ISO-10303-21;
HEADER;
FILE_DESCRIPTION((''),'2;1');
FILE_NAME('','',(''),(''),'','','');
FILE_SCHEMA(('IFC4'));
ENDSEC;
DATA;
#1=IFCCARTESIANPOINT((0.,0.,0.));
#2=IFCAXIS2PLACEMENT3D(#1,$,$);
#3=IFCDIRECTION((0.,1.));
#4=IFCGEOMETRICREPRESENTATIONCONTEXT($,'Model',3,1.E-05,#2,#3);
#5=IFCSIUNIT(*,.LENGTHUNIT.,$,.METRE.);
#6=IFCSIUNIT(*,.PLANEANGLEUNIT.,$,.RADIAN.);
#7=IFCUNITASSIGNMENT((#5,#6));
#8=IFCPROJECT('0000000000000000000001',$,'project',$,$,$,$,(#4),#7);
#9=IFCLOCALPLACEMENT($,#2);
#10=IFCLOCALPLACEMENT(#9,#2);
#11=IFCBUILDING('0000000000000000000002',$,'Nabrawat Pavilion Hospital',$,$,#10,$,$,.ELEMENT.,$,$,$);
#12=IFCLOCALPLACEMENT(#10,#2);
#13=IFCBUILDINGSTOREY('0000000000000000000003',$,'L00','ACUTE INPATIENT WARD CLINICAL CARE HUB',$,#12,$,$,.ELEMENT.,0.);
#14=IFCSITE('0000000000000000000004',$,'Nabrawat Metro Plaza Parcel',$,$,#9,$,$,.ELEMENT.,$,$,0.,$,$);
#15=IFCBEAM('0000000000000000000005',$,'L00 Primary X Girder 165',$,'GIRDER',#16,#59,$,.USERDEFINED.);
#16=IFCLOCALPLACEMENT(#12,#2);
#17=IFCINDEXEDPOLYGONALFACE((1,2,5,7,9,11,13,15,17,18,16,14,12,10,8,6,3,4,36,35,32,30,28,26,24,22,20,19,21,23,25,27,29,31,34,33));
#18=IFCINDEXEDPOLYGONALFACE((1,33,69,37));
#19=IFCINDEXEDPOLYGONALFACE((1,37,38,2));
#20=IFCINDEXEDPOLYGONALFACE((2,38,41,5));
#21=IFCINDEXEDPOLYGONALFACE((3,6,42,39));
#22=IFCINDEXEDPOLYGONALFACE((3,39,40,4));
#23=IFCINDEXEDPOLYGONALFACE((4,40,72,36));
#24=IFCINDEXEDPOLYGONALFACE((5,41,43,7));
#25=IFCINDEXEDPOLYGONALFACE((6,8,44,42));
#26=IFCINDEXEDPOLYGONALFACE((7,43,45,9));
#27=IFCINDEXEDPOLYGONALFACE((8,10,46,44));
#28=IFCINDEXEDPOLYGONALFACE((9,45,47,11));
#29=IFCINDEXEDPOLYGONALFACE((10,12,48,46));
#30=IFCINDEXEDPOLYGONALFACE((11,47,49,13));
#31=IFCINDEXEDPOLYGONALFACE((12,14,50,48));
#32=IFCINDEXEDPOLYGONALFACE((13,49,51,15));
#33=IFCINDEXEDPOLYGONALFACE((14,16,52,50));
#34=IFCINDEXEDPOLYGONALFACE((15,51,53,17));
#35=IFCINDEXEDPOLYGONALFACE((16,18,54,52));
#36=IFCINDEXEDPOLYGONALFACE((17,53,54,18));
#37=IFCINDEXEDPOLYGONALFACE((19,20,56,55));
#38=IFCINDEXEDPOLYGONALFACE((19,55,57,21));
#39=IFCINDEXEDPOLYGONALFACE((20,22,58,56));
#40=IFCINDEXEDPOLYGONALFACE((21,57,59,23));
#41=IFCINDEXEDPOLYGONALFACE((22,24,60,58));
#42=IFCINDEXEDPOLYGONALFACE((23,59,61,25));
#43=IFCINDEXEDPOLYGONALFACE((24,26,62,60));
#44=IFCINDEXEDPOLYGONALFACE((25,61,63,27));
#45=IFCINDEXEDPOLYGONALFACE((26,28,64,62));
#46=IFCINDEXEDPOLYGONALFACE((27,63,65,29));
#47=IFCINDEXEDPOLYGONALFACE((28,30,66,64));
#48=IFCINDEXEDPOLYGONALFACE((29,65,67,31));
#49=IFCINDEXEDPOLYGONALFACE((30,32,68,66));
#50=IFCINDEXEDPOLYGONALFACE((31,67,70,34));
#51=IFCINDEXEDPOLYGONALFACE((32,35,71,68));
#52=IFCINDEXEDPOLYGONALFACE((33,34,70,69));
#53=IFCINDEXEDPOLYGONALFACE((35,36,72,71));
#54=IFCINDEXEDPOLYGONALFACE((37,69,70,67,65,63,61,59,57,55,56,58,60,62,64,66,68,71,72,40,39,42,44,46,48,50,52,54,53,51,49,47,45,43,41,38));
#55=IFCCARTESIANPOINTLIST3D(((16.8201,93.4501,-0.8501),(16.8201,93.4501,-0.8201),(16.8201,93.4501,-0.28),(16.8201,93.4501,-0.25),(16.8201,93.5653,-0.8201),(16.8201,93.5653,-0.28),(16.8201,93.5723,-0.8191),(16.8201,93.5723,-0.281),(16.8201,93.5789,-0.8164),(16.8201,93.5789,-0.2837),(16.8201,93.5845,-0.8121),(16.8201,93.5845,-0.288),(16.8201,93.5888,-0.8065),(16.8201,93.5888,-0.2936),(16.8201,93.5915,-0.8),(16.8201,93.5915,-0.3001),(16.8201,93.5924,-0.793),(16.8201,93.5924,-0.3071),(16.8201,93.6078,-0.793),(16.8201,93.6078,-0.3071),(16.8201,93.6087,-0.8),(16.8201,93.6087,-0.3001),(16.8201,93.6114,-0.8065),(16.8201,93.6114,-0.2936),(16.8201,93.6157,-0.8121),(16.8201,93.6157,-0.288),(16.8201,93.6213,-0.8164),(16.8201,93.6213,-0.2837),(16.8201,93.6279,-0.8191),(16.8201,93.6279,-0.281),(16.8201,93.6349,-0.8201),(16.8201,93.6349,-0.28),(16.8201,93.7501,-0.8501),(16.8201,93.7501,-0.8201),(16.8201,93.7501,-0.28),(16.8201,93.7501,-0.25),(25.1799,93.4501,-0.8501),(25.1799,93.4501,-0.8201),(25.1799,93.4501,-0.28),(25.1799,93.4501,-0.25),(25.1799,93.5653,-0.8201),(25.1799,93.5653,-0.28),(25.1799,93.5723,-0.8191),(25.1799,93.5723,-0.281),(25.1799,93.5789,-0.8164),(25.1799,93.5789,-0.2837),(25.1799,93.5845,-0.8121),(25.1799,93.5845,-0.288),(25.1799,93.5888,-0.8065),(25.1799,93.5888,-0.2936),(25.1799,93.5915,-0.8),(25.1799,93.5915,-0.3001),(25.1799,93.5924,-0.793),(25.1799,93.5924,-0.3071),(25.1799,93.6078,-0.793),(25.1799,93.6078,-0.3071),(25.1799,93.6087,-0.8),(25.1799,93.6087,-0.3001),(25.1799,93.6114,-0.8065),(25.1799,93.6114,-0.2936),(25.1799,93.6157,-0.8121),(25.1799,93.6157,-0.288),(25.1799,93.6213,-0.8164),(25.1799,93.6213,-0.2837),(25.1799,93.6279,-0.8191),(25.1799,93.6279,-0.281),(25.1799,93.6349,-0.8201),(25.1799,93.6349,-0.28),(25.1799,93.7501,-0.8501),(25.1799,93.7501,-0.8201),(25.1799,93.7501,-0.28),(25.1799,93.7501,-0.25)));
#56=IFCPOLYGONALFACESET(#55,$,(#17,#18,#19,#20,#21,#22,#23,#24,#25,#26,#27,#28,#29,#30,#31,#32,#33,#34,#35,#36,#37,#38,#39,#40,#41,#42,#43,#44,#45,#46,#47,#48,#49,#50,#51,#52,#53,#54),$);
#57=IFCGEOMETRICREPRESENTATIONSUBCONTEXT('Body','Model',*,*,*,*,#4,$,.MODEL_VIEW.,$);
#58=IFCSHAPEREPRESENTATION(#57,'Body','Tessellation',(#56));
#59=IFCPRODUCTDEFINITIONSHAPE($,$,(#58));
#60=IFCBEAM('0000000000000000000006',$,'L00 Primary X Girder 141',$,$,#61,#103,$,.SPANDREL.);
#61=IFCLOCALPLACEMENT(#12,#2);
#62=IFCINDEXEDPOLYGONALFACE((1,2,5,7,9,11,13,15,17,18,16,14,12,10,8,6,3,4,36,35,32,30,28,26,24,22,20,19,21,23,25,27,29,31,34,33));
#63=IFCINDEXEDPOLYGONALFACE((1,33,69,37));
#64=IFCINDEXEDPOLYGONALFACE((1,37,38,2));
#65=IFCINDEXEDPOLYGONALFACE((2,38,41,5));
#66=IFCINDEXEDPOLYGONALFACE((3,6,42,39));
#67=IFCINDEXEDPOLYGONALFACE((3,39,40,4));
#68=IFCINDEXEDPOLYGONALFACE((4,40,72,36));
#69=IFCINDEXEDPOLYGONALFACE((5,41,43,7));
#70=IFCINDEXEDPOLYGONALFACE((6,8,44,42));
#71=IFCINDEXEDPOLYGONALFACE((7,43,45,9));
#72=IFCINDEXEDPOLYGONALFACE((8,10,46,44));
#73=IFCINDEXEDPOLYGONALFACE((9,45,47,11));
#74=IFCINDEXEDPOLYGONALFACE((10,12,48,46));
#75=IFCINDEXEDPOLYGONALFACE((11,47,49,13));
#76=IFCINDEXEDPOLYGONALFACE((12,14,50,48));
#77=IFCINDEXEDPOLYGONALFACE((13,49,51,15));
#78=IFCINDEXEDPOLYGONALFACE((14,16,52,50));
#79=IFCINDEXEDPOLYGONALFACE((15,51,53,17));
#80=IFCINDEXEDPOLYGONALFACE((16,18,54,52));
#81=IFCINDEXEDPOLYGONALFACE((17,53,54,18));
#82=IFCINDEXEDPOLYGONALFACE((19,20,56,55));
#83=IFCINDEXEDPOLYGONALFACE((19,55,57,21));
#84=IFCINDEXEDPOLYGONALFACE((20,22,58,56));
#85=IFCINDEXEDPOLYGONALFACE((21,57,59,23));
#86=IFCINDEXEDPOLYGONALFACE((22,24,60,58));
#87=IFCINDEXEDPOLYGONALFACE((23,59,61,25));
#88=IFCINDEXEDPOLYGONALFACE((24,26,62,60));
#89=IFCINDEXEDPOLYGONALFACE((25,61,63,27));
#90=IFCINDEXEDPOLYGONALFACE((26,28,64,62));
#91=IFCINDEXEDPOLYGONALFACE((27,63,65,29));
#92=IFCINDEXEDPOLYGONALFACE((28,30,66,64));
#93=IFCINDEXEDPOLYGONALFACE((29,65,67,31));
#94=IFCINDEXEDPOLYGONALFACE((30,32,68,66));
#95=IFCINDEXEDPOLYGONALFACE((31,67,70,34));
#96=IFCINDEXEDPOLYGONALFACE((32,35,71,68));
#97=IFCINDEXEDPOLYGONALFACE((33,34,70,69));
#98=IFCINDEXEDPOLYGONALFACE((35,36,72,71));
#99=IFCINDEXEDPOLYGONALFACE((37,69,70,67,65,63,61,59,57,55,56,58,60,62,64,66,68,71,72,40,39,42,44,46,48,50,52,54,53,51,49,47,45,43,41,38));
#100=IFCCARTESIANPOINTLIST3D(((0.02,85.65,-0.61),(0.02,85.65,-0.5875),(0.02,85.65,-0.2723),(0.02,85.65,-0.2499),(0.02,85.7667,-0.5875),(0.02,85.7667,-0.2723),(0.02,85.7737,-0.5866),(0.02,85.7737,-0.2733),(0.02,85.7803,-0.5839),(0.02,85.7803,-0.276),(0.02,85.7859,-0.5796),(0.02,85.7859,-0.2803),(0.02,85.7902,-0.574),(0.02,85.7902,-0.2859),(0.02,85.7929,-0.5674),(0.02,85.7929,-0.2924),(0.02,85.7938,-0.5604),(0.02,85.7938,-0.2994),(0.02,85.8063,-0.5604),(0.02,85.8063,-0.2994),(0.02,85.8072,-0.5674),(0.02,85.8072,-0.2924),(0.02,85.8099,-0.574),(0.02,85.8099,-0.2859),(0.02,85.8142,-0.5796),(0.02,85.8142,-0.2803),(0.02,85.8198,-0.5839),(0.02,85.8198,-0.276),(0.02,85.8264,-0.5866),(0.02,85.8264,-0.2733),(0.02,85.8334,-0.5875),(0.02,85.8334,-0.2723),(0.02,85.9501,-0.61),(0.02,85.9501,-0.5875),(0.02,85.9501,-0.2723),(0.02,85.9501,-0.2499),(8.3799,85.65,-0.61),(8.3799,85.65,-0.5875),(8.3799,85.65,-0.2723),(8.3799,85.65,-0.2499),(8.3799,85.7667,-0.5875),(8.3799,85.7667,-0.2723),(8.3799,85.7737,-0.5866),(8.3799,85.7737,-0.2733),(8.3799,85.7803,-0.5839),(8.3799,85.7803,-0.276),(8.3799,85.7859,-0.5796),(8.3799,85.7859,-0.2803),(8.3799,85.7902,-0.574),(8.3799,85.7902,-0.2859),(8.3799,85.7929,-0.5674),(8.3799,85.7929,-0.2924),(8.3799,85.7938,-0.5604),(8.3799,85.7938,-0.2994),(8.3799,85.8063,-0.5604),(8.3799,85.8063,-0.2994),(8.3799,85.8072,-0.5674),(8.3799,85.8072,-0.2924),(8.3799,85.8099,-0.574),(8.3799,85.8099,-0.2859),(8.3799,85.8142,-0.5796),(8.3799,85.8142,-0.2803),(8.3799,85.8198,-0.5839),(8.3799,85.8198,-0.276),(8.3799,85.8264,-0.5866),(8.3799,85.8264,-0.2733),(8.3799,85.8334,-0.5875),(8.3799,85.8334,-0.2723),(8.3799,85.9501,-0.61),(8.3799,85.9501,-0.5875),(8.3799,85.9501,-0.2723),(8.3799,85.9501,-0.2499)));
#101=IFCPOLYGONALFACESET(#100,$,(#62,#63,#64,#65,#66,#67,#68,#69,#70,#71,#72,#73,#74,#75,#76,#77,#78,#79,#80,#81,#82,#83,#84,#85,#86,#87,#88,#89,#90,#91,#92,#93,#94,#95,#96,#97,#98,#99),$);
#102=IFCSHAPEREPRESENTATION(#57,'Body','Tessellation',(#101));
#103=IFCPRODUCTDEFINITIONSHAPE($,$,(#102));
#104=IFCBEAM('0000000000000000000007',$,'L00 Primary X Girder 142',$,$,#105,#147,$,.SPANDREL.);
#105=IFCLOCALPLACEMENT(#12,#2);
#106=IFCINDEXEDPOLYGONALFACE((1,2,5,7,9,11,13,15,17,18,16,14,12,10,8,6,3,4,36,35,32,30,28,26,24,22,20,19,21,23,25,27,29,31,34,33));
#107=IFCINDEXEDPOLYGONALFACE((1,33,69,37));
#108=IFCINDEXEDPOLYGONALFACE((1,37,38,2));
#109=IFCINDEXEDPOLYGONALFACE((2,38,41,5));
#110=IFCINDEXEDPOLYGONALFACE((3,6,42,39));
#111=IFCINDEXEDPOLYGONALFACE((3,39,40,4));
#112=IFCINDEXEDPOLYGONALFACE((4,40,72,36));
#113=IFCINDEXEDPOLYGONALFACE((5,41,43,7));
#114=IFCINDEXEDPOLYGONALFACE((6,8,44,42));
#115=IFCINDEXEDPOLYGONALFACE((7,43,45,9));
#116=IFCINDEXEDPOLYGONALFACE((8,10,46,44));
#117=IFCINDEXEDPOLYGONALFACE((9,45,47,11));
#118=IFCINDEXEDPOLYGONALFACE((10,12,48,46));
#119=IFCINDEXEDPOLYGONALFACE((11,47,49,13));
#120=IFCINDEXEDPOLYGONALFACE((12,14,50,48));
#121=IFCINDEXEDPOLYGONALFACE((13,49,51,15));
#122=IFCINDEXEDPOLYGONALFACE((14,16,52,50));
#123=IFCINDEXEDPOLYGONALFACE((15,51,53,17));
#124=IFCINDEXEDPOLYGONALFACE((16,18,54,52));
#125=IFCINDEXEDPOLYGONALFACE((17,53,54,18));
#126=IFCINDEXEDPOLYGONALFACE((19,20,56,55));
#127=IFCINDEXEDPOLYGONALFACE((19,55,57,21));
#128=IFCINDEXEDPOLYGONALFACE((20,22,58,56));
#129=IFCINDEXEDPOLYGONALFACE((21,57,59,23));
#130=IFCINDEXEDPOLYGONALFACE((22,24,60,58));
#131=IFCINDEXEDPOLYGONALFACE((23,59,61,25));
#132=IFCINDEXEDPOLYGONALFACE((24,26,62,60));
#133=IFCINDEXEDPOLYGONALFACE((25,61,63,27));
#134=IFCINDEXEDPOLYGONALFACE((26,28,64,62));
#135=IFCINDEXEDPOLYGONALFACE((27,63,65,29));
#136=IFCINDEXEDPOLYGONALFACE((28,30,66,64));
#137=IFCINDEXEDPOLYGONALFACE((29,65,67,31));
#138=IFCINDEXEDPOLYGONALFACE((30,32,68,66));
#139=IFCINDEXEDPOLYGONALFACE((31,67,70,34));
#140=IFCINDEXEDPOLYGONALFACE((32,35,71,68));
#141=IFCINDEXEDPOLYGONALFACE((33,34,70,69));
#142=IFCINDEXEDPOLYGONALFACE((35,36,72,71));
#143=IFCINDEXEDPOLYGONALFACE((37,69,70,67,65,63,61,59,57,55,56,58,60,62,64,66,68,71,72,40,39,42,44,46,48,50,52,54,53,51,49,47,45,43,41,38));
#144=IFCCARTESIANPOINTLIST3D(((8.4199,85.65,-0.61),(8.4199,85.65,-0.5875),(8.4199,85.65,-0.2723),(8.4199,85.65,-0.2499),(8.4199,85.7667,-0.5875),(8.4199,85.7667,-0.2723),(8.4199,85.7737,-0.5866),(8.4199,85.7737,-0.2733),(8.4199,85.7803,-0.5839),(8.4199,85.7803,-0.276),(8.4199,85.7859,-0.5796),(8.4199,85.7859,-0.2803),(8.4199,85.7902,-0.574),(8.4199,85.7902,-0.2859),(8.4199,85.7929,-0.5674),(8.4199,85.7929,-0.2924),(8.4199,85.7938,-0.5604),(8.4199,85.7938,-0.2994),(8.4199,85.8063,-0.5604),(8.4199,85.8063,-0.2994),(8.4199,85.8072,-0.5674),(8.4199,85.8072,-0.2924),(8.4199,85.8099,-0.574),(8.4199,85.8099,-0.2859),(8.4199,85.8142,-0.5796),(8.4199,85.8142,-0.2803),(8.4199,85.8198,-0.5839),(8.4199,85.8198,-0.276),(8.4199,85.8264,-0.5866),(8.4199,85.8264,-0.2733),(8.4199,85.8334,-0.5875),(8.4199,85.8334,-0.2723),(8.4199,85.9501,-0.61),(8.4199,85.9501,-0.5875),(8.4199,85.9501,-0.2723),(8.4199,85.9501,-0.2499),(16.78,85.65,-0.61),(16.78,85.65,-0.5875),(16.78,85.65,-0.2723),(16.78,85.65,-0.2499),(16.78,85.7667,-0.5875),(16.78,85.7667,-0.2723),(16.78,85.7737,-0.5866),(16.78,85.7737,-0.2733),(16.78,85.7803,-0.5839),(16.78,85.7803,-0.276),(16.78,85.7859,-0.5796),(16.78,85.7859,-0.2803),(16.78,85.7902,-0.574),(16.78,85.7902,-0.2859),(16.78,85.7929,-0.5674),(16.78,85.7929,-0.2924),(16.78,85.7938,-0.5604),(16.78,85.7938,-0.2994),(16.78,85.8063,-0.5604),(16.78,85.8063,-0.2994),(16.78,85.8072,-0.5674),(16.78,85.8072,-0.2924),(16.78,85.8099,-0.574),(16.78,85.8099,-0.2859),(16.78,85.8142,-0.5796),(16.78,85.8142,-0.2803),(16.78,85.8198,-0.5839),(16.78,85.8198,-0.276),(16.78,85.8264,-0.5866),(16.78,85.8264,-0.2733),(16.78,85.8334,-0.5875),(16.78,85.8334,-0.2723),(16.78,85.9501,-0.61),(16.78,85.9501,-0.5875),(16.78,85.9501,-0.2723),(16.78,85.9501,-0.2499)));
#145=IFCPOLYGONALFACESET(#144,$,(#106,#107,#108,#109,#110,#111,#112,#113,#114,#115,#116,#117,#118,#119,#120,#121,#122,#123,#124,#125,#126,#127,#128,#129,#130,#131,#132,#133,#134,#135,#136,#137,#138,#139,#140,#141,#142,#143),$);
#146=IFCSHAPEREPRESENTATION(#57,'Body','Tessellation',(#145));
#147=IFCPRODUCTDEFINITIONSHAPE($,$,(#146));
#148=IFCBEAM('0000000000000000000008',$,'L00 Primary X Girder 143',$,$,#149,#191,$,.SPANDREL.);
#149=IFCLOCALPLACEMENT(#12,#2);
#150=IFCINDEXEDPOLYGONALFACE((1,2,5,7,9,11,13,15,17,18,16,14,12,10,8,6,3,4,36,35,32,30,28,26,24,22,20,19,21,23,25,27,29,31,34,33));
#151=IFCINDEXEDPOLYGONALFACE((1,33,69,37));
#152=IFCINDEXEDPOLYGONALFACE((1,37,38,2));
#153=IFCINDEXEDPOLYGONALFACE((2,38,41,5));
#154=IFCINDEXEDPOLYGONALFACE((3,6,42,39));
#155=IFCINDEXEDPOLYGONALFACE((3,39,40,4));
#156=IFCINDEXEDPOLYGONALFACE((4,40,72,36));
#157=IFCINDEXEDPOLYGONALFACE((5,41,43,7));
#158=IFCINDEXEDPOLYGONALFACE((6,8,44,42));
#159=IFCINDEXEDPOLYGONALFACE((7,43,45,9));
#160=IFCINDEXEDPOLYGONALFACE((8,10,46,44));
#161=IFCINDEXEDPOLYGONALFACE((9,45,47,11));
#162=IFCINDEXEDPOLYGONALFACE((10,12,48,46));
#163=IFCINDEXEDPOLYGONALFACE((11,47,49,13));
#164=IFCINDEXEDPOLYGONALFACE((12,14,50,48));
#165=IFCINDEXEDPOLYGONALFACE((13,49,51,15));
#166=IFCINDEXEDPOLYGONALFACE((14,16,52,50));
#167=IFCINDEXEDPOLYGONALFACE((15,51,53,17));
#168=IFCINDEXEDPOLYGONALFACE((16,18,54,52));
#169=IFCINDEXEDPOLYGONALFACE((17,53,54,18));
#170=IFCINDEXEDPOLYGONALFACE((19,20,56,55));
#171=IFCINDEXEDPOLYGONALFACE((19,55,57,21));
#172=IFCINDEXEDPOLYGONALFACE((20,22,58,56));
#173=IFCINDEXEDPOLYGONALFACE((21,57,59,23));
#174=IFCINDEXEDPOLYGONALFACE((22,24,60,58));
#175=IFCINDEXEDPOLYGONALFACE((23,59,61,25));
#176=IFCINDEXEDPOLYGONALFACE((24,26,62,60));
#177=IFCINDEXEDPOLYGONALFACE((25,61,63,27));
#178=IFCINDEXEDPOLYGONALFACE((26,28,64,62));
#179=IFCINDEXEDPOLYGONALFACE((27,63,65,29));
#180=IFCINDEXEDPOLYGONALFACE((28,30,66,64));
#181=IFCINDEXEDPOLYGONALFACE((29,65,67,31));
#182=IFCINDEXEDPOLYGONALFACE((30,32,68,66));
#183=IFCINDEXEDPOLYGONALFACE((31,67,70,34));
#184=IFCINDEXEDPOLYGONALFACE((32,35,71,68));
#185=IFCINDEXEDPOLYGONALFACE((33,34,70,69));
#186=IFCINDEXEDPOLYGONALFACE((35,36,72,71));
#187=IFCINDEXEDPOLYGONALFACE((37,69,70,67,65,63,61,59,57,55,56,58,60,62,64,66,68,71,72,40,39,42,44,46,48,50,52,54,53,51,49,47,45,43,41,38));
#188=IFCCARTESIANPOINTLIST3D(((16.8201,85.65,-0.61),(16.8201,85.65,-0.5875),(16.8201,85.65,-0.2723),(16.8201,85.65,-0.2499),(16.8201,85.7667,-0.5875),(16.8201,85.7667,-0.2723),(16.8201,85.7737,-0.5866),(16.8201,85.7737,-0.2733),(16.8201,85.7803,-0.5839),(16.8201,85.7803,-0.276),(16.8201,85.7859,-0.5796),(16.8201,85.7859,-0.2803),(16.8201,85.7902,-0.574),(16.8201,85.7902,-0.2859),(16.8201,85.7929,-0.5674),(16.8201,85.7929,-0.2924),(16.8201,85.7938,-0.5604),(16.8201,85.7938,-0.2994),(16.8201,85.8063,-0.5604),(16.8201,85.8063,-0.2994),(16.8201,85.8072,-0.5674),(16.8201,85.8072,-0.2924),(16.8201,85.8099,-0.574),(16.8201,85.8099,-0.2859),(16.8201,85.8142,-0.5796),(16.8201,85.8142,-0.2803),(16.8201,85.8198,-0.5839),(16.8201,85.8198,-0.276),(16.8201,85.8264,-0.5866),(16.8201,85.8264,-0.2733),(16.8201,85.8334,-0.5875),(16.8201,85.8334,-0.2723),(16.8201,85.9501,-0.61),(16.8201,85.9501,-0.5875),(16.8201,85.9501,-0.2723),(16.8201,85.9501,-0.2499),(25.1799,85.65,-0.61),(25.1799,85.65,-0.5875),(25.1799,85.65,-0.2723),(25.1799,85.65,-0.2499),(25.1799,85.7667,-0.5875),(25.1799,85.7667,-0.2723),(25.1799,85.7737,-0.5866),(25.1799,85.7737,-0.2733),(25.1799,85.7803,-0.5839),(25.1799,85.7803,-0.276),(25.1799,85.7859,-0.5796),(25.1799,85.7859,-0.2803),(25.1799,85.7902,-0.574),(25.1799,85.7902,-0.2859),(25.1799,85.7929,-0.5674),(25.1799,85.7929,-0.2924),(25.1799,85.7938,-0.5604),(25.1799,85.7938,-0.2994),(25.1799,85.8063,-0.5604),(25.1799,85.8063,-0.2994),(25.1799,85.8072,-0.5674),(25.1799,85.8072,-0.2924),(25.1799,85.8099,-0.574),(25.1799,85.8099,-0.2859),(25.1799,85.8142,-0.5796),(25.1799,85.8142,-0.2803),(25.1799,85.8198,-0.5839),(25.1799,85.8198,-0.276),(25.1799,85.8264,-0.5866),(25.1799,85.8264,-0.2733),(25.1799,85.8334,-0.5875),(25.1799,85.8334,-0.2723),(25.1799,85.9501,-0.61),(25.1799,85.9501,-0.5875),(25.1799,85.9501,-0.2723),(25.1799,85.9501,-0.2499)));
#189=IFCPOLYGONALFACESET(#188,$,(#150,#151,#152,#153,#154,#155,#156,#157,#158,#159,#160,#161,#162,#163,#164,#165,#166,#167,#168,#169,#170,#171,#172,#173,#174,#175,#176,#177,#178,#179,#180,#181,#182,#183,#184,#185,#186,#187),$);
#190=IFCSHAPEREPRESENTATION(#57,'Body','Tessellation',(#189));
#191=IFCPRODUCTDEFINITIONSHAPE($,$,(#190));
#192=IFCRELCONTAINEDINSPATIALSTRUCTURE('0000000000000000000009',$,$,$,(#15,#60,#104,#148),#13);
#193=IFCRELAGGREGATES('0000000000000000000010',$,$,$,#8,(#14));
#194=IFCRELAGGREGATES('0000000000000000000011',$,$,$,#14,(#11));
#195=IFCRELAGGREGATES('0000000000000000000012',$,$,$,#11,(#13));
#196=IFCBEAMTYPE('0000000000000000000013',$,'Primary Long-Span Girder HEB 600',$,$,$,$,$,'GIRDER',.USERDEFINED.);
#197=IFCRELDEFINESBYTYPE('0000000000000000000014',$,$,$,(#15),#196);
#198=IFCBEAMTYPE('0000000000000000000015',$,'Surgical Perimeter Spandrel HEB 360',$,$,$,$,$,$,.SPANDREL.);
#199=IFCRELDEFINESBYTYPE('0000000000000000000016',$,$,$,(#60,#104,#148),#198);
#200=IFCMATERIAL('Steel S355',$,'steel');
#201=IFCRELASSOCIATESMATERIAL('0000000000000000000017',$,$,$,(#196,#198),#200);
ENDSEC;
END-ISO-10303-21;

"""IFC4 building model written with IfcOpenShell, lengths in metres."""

from ifc_helpers import new_model, si_unit, direction, frame, origin, origin_2d, place, context, subcontext, project, spatial, i_section, extrude, material, material_profile, profile_set, type_object, element, save


model = new_model("IFC4")

# Units and contexts
model_context = context("Model", 3, precision=1e-05, world=origin(), true_north=direction((0.0, 1.0)))
body_context = subcontext(model_context, "Body", "Model", "MODEL_VIEW")
ifc_project = project(units=[si_unit("LENGTHUNIT", "METRE"), si_unit("PLANEANGLEUNIT", "RADIAN")], contexts=[model_context])

# Site, building, storey
site_placement = place(None, origin())
site = spatial("IfcSite", under=ifc_project, at=site_placement, Name="Nabrawat Metro Plaza Parcel", CompositionType="ELEMENT", RefElevation=0.0)
building_placement = place(site_placement, origin())
building = spatial("IfcBuilding", under=site, at=building_placement, Name="Nabrawat Pavilion Hospital", CompositionType="ELEMENT")
storey_placement = place(building_placement, origin())
storey = spatial("IfcBuildingStorey", under=building, at=storey_placement, Name="L00", Description="ACUTE INPATIENT WARD CLINICAL CARE HUB", CompositionType="ELEMENT", Elevation=0.0)

# Beams
ifc_material_1 = material(Name="Steel S355", Category="steel")
ifc_material_profile_1 = material_profile(ifc_material_1, i_section(OverallWidth=0.3, OverallDepth=0.6001, WebThickness=0.0154, FlangeThickness=0.03, FilletRadius=0.0271, at=origin_2d()), Name="HEB 600")
ifc_profile_set_1 = profile_set([ifc_material_profile_1], Name="Steel S355")
beam_type_1 = type_object("IfcBeamType", Name="Primary Long-Span Girder HEB 600", ElementType="GIRDER", PredefinedType="USERDEFINED", material=ifc_profile_set_1)
beam_1_placement = place(storey_placement, frame((16.8201, 93.6001, -0.55), z_axis=(1.0, 0.0, 0.0), x_axis=(0.0, 1.0, 0.0)))
element("IfcBeam", 1, at=beam_1_placement, inside=storey, type_object=beam_type_1, Name="L00 Primary X Girder 165", ObjectType="GIRDER", PredefinedType="USERDEFINED", context=body_context, shape_type="SweptSolid", body=[
    extrude(i_section(OverallWidth=0.3, OverallDepth=0.6001, WebThickness=0.0154, FlangeThickness=0.03, FilletRadius=0.0271, at=origin_2d()), origin(), (0.0, 0.0, 1.0), 8.3599),
])
ifc_material_profile_2 = material_profile(ifc_material_1, i_section(OverallWidth=0.3, OverallDepth=0.3601, WebThickness=0.0125, FlangeThickness=0.0225, FilletRadius=0.0271, at=origin_2d()), Name="HEB 360")
ifc_profile_set_2 = profile_set([ifc_material_profile_2], Name="Steel S355")
beam_type_2 = type_object("IfcBeamType", Name="Surgical Perimeter Spandrel HEB 360", PredefinedType="SPANDREL", material=ifc_profile_set_2)
beam_2_placement = place(storey_placement, frame((0.02, 85.8, -0.4299), z_axis=(1.0, 0.0, 0.0), x_axis=(0.0, 1.0, 0.0)))
element("IfcBeam", 2, at=beam_2_placement, inside=storey, type_object=beam_type_2, Name="L00 Primary X Girder 141", PredefinedType="SPANDREL", context=body_context, shape_type="SweptSolid", body=[
    extrude(i_section(OverallWidth=0.3, OverallDepth=0.3601, WebThickness=0.0125, FlangeThickness=0.0225, FilletRadius=0.0271, at=origin_2d()), origin(), (0.0, 0.0, 1.0), 8.3599),
])
beam_3_placement = place(storey_placement, frame((8.4199, 85.8, -0.4299), z_axis=(1.0, 0.0, 0.0), x_axis=(0.0, 1.0, 0.0)))
element("IfcBeam", 3, at=beam_3_placement, inside=storey, type_object=beam_type_2, Name="L00 Primary X Girder 142", PredefinedType="SPANDREL", context=body_context, shape_type="SweptSolid", body=[
    extrude(i_section(OverallWidth=0.3, OverallDepth=0.3601, WebThickness=0.0125, FlangeThickness=0.0225, FilletRadius=0.0271, at=origin_2d()), origin(), (0.0, 0.0, 1.0), 8.3601),
])
beam_4_placement = place(storey_placement, frame((16.8201, 85.8, -0.4299), z_axis=(1.0, 0.0, 0.0), x_axis=(0.0, 1.0, 0.0)))
element("IfcBeam", 4, at=beam_4_placement, inside=storey, type_object=beam_type_2, Name="L00 Primary X Girder 143", PredefinedType="SPANDREL", context=body_context, shape_type="SweptSolid", body=[
    extrude(i_section(OverallWidth=0.3, OverallDepth=0.3601, WebThickness=0.0125, FlangeThickness=0.0225, FilletRadius=0.0271, at=origin_2d()), origin(), (0.0, 0.0, 1.0), 8.3599),
])

save(model, "model.ifc")
